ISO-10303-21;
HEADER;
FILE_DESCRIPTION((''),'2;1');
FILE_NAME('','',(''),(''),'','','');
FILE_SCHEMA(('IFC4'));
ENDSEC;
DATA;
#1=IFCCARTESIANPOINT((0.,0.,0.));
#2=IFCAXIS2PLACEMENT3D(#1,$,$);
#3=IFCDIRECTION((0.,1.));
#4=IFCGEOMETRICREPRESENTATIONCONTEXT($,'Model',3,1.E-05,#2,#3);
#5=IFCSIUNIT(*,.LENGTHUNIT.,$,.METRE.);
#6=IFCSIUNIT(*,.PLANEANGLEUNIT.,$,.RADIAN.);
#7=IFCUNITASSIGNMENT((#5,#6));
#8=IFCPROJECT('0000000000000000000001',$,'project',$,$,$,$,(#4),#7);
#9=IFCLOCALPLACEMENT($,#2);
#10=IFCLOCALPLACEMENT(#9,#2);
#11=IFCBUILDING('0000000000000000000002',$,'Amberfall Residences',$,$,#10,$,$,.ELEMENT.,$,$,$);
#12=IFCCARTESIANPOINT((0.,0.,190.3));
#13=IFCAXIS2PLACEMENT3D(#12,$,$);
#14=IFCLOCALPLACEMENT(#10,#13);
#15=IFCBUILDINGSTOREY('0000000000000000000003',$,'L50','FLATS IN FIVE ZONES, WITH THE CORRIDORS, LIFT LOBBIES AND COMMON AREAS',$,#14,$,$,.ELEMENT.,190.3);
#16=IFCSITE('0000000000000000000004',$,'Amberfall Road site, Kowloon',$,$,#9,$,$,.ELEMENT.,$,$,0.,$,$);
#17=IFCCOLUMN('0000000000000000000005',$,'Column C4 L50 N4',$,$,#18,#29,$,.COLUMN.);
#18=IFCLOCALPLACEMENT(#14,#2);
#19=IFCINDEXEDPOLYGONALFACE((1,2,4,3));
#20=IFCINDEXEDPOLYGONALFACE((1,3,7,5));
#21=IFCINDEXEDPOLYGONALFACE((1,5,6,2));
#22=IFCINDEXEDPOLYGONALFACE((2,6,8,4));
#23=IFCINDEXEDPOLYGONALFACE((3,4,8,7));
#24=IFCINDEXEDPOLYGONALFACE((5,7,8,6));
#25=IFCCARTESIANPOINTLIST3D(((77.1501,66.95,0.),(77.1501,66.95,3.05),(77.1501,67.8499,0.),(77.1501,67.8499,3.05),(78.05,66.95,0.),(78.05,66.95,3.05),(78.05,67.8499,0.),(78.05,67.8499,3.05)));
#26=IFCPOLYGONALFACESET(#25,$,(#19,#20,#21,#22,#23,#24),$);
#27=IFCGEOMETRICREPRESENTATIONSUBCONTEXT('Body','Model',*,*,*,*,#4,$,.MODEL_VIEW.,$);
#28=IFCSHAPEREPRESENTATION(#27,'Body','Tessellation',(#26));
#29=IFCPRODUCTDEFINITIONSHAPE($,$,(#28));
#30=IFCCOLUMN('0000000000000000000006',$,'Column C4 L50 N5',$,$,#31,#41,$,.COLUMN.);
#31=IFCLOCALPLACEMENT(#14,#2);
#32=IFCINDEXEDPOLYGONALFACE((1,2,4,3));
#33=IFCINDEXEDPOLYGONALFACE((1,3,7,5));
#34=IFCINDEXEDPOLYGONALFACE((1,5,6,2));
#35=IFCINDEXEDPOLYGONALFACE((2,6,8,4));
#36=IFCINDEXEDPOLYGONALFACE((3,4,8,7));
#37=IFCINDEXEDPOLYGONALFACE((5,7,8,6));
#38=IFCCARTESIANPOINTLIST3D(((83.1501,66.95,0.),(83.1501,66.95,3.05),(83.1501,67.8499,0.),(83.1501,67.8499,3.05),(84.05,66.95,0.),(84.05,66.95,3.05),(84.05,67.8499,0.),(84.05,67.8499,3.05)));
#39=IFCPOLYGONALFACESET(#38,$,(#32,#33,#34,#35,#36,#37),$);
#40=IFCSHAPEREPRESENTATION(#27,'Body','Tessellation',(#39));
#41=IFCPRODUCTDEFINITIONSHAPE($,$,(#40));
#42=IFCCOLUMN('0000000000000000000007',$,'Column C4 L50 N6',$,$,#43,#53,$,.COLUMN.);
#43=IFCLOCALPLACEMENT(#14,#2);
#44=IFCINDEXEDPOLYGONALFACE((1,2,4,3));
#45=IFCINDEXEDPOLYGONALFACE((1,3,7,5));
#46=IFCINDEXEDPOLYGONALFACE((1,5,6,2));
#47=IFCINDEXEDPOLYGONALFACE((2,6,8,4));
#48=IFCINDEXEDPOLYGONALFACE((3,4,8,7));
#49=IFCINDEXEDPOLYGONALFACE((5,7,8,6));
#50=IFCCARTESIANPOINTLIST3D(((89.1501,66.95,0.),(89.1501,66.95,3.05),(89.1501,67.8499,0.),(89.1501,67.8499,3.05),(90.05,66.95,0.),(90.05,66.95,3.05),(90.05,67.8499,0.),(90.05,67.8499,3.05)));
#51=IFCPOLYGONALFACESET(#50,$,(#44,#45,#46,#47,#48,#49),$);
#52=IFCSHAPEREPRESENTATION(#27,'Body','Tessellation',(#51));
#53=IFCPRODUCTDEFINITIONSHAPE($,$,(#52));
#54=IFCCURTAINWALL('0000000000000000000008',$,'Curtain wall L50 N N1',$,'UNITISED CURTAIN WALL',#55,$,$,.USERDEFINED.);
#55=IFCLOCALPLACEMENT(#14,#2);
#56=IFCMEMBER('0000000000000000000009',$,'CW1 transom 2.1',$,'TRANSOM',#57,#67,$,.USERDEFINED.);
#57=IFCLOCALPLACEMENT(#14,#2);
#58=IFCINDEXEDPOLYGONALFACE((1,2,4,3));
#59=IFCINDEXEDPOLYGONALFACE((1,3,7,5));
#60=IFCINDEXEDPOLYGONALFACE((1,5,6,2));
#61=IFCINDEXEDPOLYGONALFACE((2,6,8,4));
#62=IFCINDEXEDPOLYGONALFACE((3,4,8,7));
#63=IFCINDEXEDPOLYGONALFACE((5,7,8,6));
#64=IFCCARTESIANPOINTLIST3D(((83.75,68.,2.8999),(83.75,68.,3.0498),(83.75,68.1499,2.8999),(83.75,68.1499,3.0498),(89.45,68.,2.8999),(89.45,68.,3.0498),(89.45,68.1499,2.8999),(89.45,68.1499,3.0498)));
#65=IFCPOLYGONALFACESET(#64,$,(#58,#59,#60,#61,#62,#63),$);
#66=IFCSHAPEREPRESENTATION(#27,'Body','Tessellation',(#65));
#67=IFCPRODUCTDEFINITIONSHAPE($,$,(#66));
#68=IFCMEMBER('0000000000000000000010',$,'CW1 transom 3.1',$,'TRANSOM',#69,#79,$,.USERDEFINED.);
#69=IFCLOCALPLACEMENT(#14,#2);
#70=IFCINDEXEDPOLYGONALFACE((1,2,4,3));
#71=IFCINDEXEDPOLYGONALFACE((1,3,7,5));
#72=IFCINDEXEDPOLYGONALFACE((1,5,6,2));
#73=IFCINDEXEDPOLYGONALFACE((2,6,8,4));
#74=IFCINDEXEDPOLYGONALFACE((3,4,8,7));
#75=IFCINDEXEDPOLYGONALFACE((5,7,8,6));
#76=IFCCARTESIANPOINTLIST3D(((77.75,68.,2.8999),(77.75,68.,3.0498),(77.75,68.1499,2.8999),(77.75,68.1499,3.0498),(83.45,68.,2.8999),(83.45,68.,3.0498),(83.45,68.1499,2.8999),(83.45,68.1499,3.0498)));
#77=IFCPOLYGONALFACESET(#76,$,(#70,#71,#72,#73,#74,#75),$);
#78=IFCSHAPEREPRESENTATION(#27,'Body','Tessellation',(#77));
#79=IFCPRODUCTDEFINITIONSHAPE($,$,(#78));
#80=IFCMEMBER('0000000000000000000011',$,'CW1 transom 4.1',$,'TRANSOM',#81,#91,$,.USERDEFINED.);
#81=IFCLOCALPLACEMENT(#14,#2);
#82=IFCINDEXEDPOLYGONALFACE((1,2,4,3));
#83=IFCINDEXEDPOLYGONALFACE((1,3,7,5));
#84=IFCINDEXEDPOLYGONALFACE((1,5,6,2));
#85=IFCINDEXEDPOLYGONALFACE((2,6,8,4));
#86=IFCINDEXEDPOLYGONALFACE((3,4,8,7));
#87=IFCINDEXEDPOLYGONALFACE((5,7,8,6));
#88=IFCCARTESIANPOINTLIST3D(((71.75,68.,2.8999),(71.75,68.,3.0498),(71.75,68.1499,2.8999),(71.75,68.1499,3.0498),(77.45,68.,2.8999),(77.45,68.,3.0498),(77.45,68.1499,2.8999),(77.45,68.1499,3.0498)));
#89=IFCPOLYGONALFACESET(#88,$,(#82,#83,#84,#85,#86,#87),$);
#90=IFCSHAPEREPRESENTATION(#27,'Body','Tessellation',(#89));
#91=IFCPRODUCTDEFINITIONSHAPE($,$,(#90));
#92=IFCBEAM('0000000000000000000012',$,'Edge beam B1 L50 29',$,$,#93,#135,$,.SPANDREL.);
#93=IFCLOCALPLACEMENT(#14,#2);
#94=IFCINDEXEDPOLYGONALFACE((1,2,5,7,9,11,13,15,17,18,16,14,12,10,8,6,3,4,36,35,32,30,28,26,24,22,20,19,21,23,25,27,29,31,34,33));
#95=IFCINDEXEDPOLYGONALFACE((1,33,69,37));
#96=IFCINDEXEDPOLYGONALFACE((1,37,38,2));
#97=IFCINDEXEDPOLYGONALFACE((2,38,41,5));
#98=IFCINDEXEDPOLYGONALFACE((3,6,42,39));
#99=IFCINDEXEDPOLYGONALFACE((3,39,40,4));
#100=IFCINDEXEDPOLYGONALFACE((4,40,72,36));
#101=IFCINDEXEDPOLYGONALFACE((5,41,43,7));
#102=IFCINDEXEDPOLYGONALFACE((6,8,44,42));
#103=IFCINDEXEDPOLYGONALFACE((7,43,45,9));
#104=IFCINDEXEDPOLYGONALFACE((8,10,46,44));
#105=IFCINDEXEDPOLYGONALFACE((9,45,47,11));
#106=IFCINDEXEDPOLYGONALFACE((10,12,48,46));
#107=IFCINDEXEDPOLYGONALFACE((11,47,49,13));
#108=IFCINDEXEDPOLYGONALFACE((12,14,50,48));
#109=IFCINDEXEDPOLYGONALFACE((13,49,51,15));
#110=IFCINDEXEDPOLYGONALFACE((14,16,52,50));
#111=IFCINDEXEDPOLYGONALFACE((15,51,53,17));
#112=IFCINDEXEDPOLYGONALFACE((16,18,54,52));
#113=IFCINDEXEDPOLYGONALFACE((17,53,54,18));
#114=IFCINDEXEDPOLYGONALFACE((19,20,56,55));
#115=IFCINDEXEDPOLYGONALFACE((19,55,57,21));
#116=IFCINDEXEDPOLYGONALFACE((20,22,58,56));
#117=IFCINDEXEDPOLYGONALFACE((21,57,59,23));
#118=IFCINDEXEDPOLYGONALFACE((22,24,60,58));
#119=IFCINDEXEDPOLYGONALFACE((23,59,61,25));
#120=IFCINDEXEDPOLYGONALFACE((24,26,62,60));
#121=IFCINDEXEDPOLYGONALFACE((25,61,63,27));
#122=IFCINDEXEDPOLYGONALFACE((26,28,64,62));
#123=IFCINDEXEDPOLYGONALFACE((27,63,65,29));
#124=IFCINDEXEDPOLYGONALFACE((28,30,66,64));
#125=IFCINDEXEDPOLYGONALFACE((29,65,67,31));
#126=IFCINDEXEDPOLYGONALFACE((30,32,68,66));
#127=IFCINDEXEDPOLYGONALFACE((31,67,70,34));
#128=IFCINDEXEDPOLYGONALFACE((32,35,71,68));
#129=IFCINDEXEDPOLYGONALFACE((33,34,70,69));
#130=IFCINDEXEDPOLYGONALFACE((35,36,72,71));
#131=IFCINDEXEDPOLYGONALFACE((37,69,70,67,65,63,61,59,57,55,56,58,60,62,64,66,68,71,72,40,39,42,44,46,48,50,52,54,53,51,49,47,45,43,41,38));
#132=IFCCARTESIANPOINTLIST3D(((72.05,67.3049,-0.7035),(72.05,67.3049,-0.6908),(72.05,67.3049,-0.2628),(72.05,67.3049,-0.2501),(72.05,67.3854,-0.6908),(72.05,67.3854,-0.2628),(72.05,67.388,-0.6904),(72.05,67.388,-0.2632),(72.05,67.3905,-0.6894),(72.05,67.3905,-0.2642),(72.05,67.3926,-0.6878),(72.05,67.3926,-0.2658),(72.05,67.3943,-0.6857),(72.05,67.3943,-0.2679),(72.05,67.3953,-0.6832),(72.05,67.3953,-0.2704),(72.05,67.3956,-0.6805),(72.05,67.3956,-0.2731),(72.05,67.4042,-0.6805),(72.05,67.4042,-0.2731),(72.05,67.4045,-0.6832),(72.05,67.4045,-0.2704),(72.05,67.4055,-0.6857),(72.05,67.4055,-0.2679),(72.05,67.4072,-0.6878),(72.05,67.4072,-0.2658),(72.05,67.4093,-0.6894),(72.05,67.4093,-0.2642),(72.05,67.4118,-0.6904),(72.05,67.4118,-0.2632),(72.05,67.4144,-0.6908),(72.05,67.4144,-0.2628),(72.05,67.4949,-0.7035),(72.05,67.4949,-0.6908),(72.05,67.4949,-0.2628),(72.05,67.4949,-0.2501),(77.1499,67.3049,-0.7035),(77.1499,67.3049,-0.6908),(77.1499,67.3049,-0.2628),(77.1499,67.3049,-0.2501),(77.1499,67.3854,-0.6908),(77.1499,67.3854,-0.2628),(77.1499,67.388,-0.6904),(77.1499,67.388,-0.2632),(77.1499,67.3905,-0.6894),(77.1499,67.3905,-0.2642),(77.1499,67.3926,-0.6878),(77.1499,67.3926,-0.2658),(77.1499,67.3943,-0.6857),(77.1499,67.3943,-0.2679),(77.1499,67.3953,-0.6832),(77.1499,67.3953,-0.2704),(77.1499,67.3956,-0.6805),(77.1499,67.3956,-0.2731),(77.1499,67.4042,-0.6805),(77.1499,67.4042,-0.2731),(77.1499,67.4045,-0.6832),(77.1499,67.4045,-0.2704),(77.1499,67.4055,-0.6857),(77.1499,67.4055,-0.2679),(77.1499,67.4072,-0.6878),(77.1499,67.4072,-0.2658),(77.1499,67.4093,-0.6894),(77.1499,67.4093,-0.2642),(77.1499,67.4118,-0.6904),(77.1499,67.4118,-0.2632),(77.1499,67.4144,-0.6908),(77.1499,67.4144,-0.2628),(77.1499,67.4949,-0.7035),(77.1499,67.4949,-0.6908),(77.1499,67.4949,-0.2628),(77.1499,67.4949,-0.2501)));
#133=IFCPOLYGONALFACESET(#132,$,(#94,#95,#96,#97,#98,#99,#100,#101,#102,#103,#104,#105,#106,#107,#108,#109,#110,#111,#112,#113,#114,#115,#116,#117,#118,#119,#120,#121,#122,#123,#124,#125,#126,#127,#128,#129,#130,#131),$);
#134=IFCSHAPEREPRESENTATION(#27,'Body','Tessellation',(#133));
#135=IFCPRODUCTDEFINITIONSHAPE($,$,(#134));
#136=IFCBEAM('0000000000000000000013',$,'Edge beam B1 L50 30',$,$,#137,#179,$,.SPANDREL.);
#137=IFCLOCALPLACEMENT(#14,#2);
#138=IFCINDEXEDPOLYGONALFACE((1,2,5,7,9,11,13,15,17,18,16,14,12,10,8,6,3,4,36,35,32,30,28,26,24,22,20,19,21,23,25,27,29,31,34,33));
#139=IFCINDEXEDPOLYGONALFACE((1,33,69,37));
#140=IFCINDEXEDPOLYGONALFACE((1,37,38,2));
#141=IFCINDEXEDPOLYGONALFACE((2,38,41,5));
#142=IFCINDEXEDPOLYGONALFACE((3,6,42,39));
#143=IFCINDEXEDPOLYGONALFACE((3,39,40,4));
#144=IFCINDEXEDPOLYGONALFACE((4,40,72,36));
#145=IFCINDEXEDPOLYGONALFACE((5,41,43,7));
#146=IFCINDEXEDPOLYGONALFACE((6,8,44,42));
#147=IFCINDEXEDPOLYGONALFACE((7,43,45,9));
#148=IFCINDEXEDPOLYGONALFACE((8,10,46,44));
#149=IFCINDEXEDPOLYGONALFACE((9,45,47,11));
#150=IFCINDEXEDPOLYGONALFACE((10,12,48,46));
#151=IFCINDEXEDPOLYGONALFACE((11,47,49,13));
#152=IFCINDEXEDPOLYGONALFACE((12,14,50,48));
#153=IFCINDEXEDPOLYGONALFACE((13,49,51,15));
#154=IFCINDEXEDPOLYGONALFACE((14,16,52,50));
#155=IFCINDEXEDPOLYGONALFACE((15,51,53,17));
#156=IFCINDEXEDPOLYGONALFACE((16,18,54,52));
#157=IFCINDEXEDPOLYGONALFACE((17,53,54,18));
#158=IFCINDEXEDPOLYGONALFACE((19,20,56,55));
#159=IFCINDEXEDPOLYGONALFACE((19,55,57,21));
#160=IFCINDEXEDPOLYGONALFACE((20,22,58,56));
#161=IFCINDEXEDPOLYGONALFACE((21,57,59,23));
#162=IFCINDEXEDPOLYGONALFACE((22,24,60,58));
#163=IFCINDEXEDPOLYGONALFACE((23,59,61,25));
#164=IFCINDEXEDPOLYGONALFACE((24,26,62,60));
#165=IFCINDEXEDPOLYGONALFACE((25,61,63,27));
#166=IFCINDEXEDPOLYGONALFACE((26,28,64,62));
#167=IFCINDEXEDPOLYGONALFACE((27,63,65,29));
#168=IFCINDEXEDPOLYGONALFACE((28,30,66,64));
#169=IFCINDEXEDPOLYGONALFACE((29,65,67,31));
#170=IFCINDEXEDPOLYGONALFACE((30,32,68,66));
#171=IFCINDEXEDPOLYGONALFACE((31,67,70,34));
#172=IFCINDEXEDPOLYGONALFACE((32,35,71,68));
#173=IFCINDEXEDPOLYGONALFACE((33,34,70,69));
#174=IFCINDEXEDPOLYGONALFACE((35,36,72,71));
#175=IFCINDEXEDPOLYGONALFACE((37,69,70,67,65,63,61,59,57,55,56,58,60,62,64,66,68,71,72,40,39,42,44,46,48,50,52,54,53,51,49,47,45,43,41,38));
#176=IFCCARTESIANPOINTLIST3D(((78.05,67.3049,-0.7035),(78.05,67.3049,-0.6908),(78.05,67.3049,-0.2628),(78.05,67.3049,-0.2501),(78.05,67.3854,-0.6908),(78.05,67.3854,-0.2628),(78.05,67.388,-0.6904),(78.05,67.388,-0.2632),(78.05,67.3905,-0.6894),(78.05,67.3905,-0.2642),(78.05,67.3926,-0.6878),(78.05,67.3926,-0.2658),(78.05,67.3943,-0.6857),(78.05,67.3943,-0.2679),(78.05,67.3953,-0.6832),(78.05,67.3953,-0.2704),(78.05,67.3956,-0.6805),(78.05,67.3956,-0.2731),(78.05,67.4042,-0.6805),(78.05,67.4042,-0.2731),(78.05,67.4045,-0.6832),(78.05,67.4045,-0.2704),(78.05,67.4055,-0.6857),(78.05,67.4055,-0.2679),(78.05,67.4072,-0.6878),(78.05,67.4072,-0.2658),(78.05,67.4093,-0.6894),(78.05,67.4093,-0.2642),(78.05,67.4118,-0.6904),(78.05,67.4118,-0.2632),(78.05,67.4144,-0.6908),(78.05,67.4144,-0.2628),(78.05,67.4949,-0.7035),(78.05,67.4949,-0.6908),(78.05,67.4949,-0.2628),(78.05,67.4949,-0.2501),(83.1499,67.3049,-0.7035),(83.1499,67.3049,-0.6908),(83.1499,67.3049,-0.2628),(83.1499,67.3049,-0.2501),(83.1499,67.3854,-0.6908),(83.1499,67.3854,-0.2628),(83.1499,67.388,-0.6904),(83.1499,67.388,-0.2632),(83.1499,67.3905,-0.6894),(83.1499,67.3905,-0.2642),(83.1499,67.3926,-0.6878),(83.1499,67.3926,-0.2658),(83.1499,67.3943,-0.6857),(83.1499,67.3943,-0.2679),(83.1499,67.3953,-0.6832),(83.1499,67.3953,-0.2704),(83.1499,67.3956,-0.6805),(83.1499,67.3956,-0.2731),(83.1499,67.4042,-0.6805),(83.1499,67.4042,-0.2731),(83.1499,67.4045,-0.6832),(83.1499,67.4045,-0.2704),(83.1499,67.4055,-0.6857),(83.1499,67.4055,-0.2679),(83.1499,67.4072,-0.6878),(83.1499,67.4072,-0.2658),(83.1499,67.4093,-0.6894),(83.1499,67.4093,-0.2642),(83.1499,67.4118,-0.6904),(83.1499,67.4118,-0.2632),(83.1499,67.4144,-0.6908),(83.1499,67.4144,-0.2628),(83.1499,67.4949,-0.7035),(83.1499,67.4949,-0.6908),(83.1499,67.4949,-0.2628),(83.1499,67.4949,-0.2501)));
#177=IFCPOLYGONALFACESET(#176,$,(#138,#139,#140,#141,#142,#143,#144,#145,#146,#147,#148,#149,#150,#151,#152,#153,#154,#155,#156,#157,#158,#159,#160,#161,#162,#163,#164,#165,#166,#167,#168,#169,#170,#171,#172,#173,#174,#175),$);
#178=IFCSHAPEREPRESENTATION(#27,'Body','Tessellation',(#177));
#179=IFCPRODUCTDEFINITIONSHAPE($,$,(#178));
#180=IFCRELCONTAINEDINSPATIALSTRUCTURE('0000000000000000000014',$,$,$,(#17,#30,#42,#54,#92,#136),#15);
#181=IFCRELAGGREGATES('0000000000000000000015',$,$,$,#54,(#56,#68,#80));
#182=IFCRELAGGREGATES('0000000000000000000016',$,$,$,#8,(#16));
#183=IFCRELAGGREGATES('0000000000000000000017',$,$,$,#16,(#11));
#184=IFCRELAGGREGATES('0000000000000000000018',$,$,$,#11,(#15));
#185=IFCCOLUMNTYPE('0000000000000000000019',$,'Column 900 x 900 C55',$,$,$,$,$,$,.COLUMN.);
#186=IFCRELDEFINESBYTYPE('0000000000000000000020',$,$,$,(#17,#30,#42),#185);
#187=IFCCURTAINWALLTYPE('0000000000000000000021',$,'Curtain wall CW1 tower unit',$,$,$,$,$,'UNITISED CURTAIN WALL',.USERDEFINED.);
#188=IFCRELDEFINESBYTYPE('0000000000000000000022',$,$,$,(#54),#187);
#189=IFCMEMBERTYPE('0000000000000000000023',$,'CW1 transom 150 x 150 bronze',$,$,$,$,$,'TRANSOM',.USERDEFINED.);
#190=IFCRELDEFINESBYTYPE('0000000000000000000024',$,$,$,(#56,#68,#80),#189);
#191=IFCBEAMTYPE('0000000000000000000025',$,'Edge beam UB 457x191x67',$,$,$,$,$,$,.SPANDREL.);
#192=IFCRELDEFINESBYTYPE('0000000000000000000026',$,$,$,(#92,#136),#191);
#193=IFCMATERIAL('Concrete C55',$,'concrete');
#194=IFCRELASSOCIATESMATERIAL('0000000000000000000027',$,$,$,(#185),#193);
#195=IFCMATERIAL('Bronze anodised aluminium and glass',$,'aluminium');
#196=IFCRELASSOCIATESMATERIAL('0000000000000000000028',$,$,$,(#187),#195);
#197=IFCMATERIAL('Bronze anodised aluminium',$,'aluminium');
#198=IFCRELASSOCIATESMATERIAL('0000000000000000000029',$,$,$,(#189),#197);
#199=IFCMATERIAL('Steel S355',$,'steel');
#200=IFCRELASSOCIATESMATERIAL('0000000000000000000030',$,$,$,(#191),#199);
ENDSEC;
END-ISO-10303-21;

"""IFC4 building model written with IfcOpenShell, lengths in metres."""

from ifc_helpers import new_model, si_unit, direction, frame, origin, origin_2d, place, context, subcontext, project, spatial, rectangle, i_section, extrude, material, material_profile, profile_set, type_object, element, aggregate, save


model = new_model("IFC4")

# Units and contexts
model_context = context("Model", 3, precision=1e-05, world=origin(), true_north=direction((0.0, 1.0)))
body_context = subcontext(model_context, "Body", "Model", "MODEL_VIEW")
ifc_project = project(units=[si_unit("LENGTHUNIT", "METRE"), si_unit("PLANEANGLEUNIT", "RADIAN")], contexts=[model_context])

# Site, building, storey
site_placement = place(None, origin())
site = spatial("IfcSite", under=ifc_project, at=site_placement, Name="Amberfall Road site, Kowloon", CompositionType="ELEMENT", RefElevation=0.0)
building_placement = place(site_placement, origin())
building = spatial("IfcBuilding", under=site, at=building_placement, Name="Amberfall Residences", CompositionType="ELEMENT")
storey_placement = place(building_placement, frame((0.0, 0.0, 190.3)))
storey = spatial("IfcBuildingStorey", under=building, at=storey_placement, Name="L50", Description="FLATS IN FIVE ZONES, WITH THE CORRIDORS, LIFT LOBBIES AND COMMON AREAS", CompositionType="ELEMENT", Elevation=190.3)

# Columns
ifc_material_1 = material(Name="Concrete C55", Category="concrete")
ifc_material_profile_1 = material_profile(ifc_material_1, rectangle(XDim=0.8999, YDim=0.8999, at=origin_2d()), Name="Column 900 x 900 C55")
ifc_profile_set_1 = profile_set([ifc_material_profile_1], Name="Concrete C55")
column_type = type_object("IfcColumnType", Name="Column 900 x 900 C55", PredefinedType="COLUMN", material=ifc_profile_set_1)
for number, where, z_axis, x_axis, name in (
    (1, (77.6001, 67.3999, 0.0), (0.0, 0.0, 1.0), (1.0, 0.0, 0.0), "Column C4 L50 N4"),
    (2, (83.6001, 67.3999, 0.0), (0.0, 0.0, 1.0), (1.0, 0.0, 0.0), "Column C4 L50 N5"),
    (3, (89.6001, 67.3999, 0.0), (0.0, 0.0, 1.0), (1.0, 0.0, 0.0), "Column C4 L50 N6"),
):
    element("IfcColumn", number, at=place(storey_placement, frame(where, z_axis=z_axis, x_axis=x_axis)), inside=storey, type_object=column_type, Name=name, PredefinedType="COLUMN", context=body_context, shape_type="SweptSolid", body=[
        extrude(rectangle(XDim=0.8999, YDim=0.8999, at=origin_2d()), origin(), (0.0, 0.0, 1.0), 3.05),
    ])

# Curtain wall, members
ifc_material_2 = material(Name="Bronze anodised aluminium and glass", Category="aluminium")
curtain_wall_type = type_object("IfcCurtainWallType", Name="Curtain wall CW1 tower unit", ElementType="UNITISED CURTAIN WALL", PredefinedType="USERDEFINED", material=ifc_material_2)
curtain_wall_placement = place(storey_placement, origin())
curtain_wall = element("IfcCurtainWall", 4, at=curtain_wall_placement, inside=storey, type_object=curtain_wall_type, Name="Curtain wall L50 N N1", ObjectType="UNITISED CURTAIN WALL", PredefinedType="USERDEFINED")
ifc_material_3 = material(Name="Bronze anodised aluminium", Category="aluminium")
ifc_material_profile_2 = material_profile(ifc_material_3, rectangle(XDim=0.1499, YDim=0.1499, at=origin_2d()), Name="CW1 transom 150 x 150 bronze")
ifc_profile_set_2 = profile_set([ifc_material_profile_2], Name="Bronze anodised aluminium")
member_type_1 = type_object("IfcMemberType", Name="CW1 transom 150 x 150 bronze", ElementType="TRANSOM", PredefinedType="USERDEFINED", material=ifc_profile_set_2)
member_1_placement = place(storey_placement, frame((89.45, 68.075, 2.9749), z_axis=(-1.0, 0.0, 0.0), x_axis=(0.0, -1.0, 0.0)))
member_1 = element("IfcMember", 5, at=member_1_placement, type_object=member_type_1, Name="CW1 transom 2.1", ObjectType="TRANSOM", PredefinedType="USERDEFINED", context=body_context, shape_type="SweptSolid", body=[
    extrude(rectangle(XDim=0.1499, YDim=0.1499, at=origin_2d()), origin(), (0.0, 0.0, 1.0), 5.7),
])
member_2_placement = place(storey_placement, frame((83.45, 68.075, 2.9749), z_axis=(-1.0, 0.0, 0.0), x_axis=(0.0, -1.0, 0.0)))
member_2 = element("IfcMember", 6, at=member_2_placement, type_object=member_type_1, Name="CW1 transom 3.1", ObjectType="TRANSOM", PredefinedType="USERDEFINED", context=body_context, shape_type="SweptSolid", body=[
    extrude(rectangle(XDim=0.1499, YDim=0.1499, at=origin_2d()), origin(), (0.0, 0.0, 1.0), 5.7),
])
member_3_placement = place(storey_placement, frame((77.45, 68.075, 2.9749), z_axis=(-1.0, 0.0, 0.0), x_axis=(0.0, -1.0, 0.0)))
member_3 = element("IfcMember", 7, at=member_3_placement, type_object=member_type_1, Name="CW1 transom 4.1", ObjectType="TRANSOM", PredefinedType="USERDEFINED", context=body_context, shape_type="SweptSolid", body=[
    extrude(rectangle(XDim=0.1499, YDim=0.1499, at=origin_2d()), origin(), (0.0, 0.0, 1.0), 5.7),
])

# Beams
ifc_material_4 = material(Name="Steel S355", Category="steel")
ifc_material_profile_3 = material_profile(ifc_material_4, i_section(OverallWidth=0.1899, OverallDepth=0.4534, WebThickness=0.0085, FlangeThickness=0.0127, FilletRadius=0.0103, at=origin_2d()), Name="UB 457x191x67")
ifc_profile_set_3 = profile_set([ifc_material_profile_3], Name="Steel S355")
beam_type_1 = type_object("IfcBeamType", Name="Edge beam UB 457x191x67", PredefinedType="SPANDREL", material=ifc_profile_set_3)
for number, where, z_axis, x_axis, name in (
    (8, (72.05, 67.3999, -0.4768), (1.0, 0.0, 0.0), (0.0, 1.0, 0.0), "Edge beam B1 L50 29"),
    (9, (78.05, 67.3999, -0.4768), (1.0, 0.0, 0.0), (0.0, 1.0, 0.0), "Edge beam B1 L50 30"),
):
    element("IfcBeam", number, at=place(storey_placement, frame(where, z_axis=z_axis, x_axis=x_axis)), inside=storey, type_object=beam_type_1, Name=name, PredefinedType="SPANDREL", context=body_context, shape_type="SweptSolid", body=[
        extrude(i_section(OverallWidth=0.1899, OverallDepth=0.4534, WebThickness=0.0085, FlangeThickness=0.0127, FilletRadius=0.0103, at=origin_2d()), origin(), (0.0, 0.0, 1.0), 5.0999),
    ])

aggregate(curtain_wall, [member_1, member_2, member_3])

save(model, "model.ifc")
